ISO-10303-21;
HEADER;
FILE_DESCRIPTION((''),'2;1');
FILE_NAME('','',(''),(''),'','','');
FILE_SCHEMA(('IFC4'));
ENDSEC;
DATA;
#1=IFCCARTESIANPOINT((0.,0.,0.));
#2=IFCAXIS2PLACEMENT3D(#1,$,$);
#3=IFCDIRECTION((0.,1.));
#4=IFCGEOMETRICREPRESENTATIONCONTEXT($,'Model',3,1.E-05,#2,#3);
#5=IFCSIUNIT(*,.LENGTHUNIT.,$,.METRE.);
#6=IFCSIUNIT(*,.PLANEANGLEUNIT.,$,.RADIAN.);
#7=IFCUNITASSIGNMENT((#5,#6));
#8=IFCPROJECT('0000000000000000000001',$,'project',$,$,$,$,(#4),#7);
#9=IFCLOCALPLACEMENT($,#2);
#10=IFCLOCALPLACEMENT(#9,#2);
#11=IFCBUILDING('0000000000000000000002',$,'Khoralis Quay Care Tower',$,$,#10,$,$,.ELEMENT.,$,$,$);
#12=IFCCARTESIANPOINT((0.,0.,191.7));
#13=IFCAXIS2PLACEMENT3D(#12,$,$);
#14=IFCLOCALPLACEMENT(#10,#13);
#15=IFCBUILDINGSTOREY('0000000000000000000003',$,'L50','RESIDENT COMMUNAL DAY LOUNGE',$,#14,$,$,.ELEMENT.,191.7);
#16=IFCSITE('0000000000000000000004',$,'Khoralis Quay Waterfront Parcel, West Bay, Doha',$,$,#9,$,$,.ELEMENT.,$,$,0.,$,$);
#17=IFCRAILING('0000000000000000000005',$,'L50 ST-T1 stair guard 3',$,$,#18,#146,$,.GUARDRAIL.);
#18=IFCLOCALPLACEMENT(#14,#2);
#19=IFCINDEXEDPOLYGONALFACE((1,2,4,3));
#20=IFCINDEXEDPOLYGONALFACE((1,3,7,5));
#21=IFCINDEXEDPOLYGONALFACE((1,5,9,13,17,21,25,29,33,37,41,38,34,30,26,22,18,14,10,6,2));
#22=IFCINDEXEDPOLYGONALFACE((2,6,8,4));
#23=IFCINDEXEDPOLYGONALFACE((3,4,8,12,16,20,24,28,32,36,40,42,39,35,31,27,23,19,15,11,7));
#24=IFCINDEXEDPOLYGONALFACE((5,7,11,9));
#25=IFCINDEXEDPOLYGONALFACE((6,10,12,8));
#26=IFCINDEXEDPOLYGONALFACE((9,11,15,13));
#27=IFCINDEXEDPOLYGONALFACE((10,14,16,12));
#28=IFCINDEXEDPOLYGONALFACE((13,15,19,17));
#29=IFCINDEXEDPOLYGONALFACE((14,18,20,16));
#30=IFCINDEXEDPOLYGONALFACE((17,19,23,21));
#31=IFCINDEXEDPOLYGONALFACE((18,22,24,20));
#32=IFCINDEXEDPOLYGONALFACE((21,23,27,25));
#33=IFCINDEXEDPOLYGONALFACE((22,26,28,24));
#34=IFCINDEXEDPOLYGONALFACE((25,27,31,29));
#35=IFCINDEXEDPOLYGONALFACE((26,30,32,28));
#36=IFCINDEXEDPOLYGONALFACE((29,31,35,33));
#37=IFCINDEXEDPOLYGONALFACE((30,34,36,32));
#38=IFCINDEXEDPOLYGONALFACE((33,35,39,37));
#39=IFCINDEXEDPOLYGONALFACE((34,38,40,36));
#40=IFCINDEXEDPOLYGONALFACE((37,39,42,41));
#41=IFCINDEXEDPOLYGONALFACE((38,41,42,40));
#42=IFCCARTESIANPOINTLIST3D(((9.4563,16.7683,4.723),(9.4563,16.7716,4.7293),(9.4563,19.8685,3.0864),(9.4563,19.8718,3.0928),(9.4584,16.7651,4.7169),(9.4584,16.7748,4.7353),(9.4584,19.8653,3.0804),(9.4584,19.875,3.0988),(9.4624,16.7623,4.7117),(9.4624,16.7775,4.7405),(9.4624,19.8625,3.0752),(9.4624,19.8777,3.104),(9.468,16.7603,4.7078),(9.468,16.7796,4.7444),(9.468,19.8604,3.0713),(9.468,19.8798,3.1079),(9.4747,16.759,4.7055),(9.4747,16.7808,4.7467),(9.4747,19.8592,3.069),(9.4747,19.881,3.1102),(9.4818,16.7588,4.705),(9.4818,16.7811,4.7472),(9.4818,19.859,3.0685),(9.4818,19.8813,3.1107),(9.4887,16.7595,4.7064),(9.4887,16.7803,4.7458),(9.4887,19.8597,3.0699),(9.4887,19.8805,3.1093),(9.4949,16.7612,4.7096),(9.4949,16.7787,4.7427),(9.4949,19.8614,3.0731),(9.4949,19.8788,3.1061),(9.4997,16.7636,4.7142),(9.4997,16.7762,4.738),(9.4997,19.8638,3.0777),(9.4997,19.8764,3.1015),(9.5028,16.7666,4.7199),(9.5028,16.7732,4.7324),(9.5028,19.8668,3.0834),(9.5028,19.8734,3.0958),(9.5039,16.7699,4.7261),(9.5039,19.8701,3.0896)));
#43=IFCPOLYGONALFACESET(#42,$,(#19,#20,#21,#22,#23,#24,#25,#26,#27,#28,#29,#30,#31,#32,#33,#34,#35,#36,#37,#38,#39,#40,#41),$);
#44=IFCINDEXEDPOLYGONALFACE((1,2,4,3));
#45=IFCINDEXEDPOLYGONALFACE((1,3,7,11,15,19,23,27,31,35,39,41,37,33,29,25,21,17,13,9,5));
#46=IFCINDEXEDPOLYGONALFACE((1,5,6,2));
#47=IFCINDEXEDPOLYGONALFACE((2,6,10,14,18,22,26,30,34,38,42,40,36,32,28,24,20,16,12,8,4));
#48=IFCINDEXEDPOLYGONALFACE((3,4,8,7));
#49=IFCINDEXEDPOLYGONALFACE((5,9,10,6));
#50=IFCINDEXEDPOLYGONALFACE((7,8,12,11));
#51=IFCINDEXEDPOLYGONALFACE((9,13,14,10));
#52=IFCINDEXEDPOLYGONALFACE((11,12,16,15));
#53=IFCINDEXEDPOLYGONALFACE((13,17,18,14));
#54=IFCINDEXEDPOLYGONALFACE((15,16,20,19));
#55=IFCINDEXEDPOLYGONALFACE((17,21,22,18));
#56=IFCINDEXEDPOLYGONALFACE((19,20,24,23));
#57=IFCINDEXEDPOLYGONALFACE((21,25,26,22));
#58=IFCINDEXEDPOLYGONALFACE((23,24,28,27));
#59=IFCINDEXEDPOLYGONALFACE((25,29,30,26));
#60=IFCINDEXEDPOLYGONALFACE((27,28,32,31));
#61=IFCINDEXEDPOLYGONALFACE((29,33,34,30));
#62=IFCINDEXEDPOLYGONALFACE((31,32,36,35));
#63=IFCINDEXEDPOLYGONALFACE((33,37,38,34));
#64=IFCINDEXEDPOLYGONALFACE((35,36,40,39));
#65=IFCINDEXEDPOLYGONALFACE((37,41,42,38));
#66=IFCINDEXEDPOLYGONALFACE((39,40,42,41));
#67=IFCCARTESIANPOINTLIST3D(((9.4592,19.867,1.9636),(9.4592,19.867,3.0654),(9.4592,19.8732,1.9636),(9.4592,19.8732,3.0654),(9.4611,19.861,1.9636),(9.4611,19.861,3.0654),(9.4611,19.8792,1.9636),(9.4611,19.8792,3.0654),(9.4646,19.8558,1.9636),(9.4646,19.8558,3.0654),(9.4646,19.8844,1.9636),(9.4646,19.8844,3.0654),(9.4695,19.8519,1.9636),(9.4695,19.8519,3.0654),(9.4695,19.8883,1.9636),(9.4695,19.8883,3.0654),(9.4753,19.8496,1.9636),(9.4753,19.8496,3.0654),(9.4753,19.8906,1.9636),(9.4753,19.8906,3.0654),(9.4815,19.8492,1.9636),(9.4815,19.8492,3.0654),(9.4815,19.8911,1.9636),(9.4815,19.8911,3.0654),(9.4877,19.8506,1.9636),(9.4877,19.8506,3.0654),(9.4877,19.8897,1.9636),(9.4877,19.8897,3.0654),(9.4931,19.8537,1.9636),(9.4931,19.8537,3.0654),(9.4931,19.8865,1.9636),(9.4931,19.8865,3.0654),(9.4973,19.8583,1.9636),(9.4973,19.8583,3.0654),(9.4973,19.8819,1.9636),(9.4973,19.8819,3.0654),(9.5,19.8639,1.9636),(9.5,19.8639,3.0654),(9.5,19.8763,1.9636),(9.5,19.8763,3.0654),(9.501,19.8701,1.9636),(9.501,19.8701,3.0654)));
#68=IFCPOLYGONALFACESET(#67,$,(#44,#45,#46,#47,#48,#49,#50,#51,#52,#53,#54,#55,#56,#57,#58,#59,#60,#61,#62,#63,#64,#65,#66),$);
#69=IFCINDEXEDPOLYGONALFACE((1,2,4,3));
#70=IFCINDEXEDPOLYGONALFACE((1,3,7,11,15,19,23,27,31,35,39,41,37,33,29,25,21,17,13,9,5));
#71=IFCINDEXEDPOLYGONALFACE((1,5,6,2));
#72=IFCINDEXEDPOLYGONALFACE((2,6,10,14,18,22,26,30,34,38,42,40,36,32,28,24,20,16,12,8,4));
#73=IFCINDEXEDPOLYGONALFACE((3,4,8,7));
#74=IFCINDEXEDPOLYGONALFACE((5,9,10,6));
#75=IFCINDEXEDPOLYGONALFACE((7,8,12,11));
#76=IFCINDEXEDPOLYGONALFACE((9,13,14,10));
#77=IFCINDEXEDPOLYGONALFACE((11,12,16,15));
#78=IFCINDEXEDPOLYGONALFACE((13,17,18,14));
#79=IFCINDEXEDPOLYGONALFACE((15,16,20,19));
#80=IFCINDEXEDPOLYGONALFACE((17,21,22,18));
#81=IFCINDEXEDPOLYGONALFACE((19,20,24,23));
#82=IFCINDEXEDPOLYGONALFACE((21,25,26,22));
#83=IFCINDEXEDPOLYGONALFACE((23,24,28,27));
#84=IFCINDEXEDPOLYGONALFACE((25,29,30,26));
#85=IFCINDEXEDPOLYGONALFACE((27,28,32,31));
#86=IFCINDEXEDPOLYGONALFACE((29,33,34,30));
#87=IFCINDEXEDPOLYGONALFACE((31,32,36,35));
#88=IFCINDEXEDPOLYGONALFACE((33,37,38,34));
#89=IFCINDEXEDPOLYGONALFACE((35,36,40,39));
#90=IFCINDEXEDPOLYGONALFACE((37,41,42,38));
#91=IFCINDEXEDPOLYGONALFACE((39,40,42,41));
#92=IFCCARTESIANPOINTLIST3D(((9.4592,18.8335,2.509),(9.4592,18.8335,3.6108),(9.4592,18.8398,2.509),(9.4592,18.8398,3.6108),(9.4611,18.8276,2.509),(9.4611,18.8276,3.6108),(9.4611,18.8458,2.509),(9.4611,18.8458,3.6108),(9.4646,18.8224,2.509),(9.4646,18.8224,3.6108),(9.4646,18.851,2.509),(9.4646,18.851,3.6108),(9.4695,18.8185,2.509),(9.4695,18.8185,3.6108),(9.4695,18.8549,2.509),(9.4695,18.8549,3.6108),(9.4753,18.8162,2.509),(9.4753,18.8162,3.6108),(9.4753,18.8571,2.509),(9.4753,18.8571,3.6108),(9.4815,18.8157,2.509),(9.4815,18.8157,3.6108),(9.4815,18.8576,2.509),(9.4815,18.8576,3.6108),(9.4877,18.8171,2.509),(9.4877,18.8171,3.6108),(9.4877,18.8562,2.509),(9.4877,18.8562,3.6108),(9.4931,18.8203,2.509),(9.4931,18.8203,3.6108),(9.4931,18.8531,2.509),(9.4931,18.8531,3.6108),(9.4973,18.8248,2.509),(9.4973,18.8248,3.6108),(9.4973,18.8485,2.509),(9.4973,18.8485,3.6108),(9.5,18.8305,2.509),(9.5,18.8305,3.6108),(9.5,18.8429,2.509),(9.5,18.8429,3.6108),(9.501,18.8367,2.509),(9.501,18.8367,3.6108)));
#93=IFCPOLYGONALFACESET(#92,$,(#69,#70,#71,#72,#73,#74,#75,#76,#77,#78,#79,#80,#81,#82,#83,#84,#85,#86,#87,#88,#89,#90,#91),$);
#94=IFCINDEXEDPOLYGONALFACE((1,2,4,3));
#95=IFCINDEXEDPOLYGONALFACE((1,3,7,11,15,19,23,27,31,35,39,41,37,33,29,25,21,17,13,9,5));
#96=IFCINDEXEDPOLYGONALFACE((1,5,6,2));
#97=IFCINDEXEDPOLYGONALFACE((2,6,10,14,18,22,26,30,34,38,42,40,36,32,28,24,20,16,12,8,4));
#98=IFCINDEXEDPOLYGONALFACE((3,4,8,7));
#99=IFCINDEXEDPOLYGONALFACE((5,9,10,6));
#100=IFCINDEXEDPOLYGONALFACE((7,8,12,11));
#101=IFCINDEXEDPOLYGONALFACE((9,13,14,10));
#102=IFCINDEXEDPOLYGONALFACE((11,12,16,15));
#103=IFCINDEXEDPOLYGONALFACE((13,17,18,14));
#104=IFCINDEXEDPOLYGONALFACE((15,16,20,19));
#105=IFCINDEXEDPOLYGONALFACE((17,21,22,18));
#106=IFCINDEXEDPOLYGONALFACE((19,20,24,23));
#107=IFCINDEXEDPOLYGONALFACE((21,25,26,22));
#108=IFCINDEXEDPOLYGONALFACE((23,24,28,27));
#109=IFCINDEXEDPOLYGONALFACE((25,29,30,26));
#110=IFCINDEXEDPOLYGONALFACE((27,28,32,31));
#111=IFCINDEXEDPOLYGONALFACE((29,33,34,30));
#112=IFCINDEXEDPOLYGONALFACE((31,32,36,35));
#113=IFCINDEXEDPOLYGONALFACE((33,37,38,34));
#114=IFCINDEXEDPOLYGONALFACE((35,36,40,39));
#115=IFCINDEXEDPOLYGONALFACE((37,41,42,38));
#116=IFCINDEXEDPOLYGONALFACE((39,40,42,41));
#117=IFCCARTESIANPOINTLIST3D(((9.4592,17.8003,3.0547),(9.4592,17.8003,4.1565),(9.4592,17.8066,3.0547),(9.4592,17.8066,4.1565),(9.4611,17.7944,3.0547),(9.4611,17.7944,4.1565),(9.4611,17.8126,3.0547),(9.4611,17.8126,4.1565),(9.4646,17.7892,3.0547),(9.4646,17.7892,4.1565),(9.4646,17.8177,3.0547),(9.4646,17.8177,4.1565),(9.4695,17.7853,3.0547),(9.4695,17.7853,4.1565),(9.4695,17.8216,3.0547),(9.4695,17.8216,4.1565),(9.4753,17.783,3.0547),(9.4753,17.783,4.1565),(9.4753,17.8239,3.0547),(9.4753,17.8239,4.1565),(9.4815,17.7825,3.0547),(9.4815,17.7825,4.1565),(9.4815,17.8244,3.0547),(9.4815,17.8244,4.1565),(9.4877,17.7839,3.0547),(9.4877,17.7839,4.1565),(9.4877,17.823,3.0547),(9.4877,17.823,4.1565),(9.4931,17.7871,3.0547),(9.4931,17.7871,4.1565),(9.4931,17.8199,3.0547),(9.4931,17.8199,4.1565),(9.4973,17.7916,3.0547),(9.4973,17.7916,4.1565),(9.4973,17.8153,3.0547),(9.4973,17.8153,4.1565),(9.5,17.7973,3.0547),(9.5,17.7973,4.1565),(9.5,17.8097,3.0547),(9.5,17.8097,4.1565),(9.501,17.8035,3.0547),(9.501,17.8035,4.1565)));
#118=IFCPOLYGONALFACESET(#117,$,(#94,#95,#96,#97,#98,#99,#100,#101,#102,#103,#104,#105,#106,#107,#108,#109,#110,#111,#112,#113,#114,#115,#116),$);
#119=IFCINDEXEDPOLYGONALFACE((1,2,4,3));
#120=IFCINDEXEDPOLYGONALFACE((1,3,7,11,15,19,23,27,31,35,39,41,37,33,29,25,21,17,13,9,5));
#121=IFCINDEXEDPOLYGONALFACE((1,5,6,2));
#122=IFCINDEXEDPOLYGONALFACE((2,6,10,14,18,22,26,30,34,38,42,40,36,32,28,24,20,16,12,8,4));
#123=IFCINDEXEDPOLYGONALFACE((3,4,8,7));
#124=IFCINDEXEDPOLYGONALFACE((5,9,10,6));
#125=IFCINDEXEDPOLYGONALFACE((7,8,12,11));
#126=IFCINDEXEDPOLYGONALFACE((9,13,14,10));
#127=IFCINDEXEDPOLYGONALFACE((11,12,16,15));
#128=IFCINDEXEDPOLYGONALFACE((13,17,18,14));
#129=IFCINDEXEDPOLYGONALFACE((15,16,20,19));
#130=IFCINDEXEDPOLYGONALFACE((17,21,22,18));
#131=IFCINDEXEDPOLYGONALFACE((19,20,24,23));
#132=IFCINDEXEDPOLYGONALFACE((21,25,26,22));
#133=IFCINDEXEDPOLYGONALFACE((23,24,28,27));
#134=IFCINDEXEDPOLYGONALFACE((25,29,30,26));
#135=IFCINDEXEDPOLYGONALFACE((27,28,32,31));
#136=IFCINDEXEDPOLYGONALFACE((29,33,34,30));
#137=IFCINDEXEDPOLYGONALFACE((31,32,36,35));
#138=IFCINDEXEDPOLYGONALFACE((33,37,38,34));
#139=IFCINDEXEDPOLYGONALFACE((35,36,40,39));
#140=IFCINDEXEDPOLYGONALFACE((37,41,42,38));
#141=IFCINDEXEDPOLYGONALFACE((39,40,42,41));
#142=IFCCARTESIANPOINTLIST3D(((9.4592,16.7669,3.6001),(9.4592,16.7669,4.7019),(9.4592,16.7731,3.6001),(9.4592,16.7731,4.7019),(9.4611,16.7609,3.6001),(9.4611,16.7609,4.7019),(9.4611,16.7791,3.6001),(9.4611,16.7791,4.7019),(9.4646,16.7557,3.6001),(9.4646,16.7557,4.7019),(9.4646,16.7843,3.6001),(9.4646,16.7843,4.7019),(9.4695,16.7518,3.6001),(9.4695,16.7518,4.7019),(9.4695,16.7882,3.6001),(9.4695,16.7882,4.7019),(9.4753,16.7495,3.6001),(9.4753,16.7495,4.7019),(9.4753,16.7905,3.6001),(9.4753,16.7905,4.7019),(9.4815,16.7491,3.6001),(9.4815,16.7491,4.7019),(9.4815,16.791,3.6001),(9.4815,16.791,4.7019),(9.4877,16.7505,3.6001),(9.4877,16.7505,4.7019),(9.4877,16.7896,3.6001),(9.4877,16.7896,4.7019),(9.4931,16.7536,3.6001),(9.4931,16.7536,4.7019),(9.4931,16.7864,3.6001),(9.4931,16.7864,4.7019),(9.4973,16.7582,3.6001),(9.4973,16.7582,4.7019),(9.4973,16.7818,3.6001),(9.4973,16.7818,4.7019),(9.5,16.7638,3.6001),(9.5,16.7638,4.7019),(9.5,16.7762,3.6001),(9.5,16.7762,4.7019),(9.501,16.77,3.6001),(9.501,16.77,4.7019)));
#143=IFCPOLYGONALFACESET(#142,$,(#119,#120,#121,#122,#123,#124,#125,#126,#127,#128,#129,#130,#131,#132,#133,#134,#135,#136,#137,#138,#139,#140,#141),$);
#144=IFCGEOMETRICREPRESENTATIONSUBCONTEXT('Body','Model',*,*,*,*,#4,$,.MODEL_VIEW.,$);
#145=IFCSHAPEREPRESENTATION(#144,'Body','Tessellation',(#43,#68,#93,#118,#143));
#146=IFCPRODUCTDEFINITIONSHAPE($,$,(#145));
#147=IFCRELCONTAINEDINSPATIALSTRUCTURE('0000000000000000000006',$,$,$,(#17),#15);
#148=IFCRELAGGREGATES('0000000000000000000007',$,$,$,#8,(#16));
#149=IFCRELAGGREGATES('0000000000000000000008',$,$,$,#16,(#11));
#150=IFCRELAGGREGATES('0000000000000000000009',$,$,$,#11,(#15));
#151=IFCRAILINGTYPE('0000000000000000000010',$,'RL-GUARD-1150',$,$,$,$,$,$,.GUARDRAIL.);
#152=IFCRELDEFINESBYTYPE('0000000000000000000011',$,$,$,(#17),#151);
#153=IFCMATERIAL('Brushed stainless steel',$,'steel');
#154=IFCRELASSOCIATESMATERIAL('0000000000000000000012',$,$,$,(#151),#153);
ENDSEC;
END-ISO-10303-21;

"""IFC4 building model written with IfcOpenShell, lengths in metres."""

from ifc_helpers import new_model, si_unit, direction, frame, origin, origin_2d, place, context, subcontext, project, spatial, circle, extrude, material, type_object, element, save


model = new_model("IFC4")

# Units and contexts
model_context = context("Model", 3, precision=1e-05, world=origin(), true_north=direction((0.0, 1.0)))
body_context = subcontext(model_context, "Body", "Model", "MODEL_VIEW")
ifc_project = project(units=[si_unit("LENGTHUNIT", "METRE"), si_unit("PLANEANGLEUNIT", "RADIAN")], contexts=[model_context])

# Site, building, storey
site_placement = place(None, origin())
site = spatial("IfcSite", under=ifc_project, at=site_placement, Name="Khoralis Quay Waterfront Parcel, West Bay, Doha", CompositionType="ELEMENT", RefElevation=0.0)
building_placement = place(site_placement, origin())
building = spatial("IfcBuilding", under=site, at=building_placement, Name="Khoralis Quay Care Tower", CompositionType="ELEMENT")
storey_placement = place(building_placement, frame((0.0, 0.0, 191.7)))
storey = spatial("IfcBuildingStorey", under=building, at=storey_placement, Name="L50", Description="RESIDENT COMMUNAL DAY LOUNGE", CompositionType="ELEMENT", Elevation=191.7)

# Railing
ifc_material_1 = material(Name="Brushed stainless steel", Category="steel")
railing_type_1 = type_object("IfcRailingType", Name="RL-GUARD-1150", PredefinedType="GUARDRAIL", material=ifc_material_1)
railing_1_placement = place(storey_placement, frame((9.48, 19.8701, 1.9636)))
element("IfcRailing", 1, at=railing_1_placement, inside=storey, type_object=railing_type_1, Name="L50 ST-T1 stair guard 3", PredefinedType="GUARDRAIL", context=body_context, shape_type="SweptSolid", body=[
    extrude(circle(Radius=0.0239, at=origin_2d()), frame((0.0, 0.0, 1.126), z_axis=(0.0, -0.884348, 0.466828), x_axis=(1.0, 0.0, 0.0)), (0.0, 0.0, 1.0), 3.5056),
    extrude(circle(Radius=0.021, at=origin_2d()), origin(), (0.0, 0.0, 1.0), 1.1018),
    extrude(circle(Radius=0.021, at=origin_2d()), frame((0.0, -1.0334, 0.5454)), (0.0, 0.0, 1.0), 1.1018),
    extrude(circle(Radius=0.021, at=origin_2d()), frame((0.0, -2.0667, 1.0911)), (0.0, 0.0, 1.0), 1.1018),
    extrude(circle(Radius=0.021, at=origin_2d()), frame((0.0, -3.1001, 1.6365)), (0.0, 0.0, 1.0), 1.1018),
])

save(model, "model.ifc")
